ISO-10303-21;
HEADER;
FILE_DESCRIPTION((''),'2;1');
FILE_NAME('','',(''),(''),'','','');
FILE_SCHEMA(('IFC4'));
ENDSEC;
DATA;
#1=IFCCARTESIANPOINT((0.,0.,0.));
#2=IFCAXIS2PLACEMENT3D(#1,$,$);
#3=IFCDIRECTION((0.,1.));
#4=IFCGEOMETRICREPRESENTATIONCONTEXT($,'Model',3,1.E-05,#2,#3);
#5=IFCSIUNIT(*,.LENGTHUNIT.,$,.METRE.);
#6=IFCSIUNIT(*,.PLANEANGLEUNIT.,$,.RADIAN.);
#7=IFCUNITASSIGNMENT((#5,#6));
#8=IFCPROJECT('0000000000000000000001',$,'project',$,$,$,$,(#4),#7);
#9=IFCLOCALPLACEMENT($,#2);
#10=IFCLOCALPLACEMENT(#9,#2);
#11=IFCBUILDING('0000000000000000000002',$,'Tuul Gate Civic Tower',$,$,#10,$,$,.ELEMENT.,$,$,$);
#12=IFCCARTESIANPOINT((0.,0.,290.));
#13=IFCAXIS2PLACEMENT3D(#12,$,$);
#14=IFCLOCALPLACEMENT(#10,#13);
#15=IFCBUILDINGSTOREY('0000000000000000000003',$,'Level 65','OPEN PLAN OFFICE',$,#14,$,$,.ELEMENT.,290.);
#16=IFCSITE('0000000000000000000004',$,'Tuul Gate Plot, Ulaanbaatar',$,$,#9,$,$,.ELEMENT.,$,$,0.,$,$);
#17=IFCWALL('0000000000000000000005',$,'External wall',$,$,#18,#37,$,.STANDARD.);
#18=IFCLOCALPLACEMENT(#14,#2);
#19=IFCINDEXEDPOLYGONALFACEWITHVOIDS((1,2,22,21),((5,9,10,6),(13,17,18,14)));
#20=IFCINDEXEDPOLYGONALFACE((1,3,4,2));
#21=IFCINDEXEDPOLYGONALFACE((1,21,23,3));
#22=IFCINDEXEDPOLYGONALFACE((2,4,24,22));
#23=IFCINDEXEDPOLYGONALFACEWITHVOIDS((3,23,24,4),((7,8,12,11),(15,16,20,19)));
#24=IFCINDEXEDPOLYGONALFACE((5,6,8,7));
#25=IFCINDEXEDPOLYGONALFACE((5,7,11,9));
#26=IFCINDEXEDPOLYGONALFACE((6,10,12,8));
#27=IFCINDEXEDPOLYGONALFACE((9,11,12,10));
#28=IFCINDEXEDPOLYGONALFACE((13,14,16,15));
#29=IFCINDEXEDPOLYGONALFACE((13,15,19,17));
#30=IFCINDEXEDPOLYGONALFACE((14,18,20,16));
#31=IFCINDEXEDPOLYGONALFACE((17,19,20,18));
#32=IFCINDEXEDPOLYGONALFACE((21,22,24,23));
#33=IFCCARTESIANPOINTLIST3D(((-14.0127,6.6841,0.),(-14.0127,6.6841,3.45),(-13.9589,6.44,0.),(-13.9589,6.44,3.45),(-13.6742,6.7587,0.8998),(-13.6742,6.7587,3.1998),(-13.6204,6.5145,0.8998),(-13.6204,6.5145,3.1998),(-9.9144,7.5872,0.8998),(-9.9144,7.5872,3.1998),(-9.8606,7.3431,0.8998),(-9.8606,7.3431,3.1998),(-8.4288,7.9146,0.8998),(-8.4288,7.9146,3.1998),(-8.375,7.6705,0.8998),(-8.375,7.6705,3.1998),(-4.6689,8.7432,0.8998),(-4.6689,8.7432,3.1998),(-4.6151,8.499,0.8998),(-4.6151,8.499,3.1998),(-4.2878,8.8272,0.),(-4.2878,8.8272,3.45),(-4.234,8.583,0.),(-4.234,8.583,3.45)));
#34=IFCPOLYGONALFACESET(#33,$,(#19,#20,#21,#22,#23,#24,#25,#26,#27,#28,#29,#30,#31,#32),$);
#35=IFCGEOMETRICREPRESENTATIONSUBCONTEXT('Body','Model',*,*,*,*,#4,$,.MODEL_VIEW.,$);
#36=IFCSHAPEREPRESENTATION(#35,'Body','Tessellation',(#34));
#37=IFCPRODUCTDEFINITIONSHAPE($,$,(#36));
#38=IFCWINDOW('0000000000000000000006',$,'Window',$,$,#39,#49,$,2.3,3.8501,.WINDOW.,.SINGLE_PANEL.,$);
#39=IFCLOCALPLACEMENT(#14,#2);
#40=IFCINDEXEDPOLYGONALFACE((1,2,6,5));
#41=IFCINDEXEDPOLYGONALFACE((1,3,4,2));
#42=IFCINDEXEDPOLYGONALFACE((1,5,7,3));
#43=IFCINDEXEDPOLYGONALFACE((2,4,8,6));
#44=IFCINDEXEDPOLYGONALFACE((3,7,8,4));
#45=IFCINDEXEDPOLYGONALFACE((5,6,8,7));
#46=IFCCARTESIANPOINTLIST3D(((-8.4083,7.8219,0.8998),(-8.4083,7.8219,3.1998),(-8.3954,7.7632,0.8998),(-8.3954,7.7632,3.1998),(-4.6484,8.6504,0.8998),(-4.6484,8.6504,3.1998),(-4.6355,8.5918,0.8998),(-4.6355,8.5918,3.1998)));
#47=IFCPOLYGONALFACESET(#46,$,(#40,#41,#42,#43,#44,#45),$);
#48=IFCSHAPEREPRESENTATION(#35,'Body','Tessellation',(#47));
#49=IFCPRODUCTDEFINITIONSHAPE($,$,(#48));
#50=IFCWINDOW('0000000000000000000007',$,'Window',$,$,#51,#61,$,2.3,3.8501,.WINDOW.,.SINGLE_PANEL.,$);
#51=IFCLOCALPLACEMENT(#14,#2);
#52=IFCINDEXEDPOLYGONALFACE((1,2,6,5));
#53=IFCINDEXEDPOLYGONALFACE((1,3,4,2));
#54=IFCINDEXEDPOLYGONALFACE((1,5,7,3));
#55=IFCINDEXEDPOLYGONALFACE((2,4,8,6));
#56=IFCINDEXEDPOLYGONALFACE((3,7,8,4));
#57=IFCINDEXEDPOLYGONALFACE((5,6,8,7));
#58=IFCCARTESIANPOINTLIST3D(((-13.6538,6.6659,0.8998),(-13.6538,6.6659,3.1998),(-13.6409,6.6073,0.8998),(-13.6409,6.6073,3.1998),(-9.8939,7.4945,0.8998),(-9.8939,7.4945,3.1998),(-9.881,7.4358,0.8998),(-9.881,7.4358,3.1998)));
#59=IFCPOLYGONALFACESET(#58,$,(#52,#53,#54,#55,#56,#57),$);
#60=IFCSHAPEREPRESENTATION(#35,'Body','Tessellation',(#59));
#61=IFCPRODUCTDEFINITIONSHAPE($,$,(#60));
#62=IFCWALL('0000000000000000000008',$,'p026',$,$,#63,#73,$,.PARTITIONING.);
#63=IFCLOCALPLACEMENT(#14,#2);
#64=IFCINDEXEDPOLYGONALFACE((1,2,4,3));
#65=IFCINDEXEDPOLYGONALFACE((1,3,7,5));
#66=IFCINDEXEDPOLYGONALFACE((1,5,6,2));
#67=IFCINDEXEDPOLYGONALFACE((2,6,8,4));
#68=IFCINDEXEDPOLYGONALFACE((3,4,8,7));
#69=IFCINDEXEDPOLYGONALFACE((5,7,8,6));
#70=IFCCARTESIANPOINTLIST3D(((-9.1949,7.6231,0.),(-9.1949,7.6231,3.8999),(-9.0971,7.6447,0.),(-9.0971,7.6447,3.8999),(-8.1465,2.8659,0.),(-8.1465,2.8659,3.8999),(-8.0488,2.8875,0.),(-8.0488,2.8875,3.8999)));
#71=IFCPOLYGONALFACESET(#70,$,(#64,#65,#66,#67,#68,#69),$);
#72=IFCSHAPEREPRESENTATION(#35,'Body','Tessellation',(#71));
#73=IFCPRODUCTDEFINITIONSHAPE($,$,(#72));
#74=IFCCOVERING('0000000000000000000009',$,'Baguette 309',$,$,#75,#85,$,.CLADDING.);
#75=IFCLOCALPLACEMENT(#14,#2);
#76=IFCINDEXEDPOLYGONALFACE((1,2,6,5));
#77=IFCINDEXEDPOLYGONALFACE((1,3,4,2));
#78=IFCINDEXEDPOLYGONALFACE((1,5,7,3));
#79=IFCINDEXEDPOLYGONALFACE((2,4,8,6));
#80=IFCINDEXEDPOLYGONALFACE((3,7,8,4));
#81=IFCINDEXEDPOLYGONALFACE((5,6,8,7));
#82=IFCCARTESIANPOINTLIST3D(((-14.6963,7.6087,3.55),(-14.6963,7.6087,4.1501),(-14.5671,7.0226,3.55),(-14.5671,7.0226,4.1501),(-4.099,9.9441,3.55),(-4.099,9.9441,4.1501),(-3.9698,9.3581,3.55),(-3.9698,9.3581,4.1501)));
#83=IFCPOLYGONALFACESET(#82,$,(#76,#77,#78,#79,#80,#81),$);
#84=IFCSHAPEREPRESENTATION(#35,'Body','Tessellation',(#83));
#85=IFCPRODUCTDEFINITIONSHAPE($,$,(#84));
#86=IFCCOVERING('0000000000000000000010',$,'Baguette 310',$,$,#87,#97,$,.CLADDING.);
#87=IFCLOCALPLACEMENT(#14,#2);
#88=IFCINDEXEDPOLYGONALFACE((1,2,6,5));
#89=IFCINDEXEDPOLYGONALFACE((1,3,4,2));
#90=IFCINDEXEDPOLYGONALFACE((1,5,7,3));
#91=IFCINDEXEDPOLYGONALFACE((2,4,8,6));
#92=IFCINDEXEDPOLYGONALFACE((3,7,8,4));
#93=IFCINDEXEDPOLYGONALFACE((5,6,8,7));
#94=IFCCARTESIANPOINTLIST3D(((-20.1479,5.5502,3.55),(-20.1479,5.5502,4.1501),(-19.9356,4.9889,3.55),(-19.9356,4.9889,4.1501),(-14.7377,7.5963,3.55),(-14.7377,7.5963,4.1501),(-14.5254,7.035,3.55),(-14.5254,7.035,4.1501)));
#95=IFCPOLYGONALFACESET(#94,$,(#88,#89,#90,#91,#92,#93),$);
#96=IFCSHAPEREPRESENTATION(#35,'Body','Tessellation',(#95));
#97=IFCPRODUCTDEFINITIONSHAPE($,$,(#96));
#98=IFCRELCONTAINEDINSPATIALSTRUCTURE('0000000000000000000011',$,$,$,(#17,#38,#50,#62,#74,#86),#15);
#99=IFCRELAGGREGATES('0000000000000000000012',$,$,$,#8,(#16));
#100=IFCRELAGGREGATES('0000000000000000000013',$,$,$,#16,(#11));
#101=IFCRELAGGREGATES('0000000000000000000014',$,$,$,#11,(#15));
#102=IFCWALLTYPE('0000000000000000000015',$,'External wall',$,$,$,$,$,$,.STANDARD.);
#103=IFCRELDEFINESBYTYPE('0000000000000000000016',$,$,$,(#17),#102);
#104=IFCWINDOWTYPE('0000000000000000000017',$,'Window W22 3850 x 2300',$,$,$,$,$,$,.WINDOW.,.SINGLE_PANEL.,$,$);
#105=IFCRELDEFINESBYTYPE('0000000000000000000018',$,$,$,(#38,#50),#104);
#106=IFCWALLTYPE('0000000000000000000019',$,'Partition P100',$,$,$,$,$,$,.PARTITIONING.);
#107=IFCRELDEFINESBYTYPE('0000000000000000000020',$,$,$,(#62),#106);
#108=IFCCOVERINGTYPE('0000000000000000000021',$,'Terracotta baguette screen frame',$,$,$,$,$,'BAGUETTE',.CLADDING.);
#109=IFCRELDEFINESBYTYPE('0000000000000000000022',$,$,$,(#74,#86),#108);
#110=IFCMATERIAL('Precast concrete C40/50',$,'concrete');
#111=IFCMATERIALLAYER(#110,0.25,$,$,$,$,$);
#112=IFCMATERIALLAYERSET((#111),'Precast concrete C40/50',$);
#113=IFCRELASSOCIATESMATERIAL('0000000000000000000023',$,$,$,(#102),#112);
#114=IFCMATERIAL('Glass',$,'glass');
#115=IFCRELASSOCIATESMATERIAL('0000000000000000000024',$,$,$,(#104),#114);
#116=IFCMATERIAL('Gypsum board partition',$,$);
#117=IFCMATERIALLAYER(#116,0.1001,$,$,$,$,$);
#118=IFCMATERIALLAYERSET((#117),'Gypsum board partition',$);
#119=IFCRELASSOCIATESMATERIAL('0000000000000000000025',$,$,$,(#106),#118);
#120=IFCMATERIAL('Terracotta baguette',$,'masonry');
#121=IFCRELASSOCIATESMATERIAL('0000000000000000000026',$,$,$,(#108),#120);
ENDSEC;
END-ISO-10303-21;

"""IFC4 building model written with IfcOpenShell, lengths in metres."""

from ifc_helpers import new_model, si_unit, direction, frame, frame_2d, origin, origin_2d, place, context, subcontext, project, spatial, rectangle, extrude, material, layer, layer_set, material_profile, profile_set, type_object, element, fill, save


model = new_model("IFC4")

# Units and contexts
model_context = context("Model", 3, precision=1e-05, world=origin(), true_north=direction((0.0, 1.0)))
body_context = subcontext(model_context, "Body", "Model", "MODEL_VIEW")
ifc_project = project(units=[si_unit("LENGTHUNIT", "METRE"), si_unit("PLANEANGLEUNIT", "RADIAN")], contexts=[model_context])

# Site, building, storey
site_placement = place(None, origin())
site = spatial("IfcSite", under=ifc_project, at=site_placement, Name="Tuul Gate Plot, Ulaanbaatar", CompositionType="ELEMENT", RefElevation=0.0)
building_placement = place(site_placement, origin())
building = spatial("IfcBuilding", under=site, at=building_placement, Name="Tuul Gate Civic Tower", CompositionType="ELEMENT")
storey_placement = place(building_placement, frame((0.0, 0.0, 290.0)))
storey = spatial("IfcBuildingStorey", under=building, at=storey_placement, Name="Level 65", Description="OPEN PLAN OFFICE", CompositionType="ELEMENT", Elevation=290.0)

# Wall, openings, windows
ifc_material_1 = material(Name="Precast concrete C40/50", Category="concrete")
ifc_layer_1 = layer(ifc_material_1, 0.25)
ifc_layer_set_1 = layer_set([ifc_layer_1], Name="Precast concrete C40/50")
wall_type_1 = type_object("IfcWallType", Name="External wall", PredefinedType="STANDARD", material=ifc_layer_set_1)
wall_1_placement = place(storey_placement, frame((-4.261, 8.7051, 0.0), z_axis=(0.0, 0.0, 1.0), x_axis=(-0.976569, -0.215206, 0.0)))
wall_1 = element("IfcWall", 1, at=wall_1_placement, inside=storey, type_object=wall_type_1, Name="External wall", PredefinedType="STANDARD", context=body_context, shape_type="SweptSolid", body=[
    extrude(rectangle(XDim=9.9583, YDim=0.25, at=frame_2d((4.979, 0.0))), origin(), (0.0, 0.0, 1.0), 3.45),
])
opening_1_placement = place(wall_1_placement, frame((0.3901, 0.0, 0.8999)))
opening_1 = element("IfcOpeningElement", 2, at=opening_1_placement, cuts=wall_1, PredefinedType="OPENING", context=body_context, shape_type="SweptSolid", body=[
    extrude(rectangle(XDim=3.8501, YDim=2.3, at=frame_2d((1.925, 1.1499))), frame((0.0, 0.135, 0.0), z_axis=(0.0, -1.0, 0.0), x_axis=(1.0, 0.0, 0.0)), (0.0, 0.0, 1.0), 0.27),
])
opening_2_placement = place(wall_1_placement, frame((5.7615, 0.0, 0.8999)))
opening_2 = element("IfcOpeningElement", 3, at=opening_2_placement, cuts=wall_1, PredefinedType="OPENING", context=body_context, shape_type="SweptSolid", body=[
    extrude(rectangle(XDim=3.8501, YDim=2.3, at=frame_2d((1.925, 1.1499))), frame((0.0, 0.135, 0.0), z_axis=(0.0, -1.0, 0.0), x_axis=(1.0, 0.0, 0.0)), (0.0, 0.0, 1.0), 0.27),
])
ifc_material_2 = material(Name="Glass", Category="glass")
window_type = type_object("IfcWindowType", Name="Window W22 3850 x 2300", PartitioningType="SINGLE_PANEL", PredefinedType="WINDOW", material=ifc_material_2)
window_1_placement = place(opening_1_placement, origin())
window_1 = element("IfcWindow", 4, at=window_1_placement, inside=storey, type_object=window_type, Name="Window", OverallHeight=2.3, OverallWidth=3.8501, PartitioningType="SINGLE_PANEL", PredefinedType="WINDOW", context=body_context, shape_type="SweptSolid", body=[
    extrude(rectangle(XDim=3.8501, YDim=2.3, at=frame_2d((1.925, 1.1499))), frame((0.0, 0.03, 0.0), z_axis=(0.0, -1.0, 0.0), x_axis=(1.0, 0.0, 0.0)), (0.0, 0.0, 1.0), 0.0601),
])
fill(opening_1, window_1)
window_2_placement = place(opening_2_placement, origin())
window_2 = element("IfcWindow", 5, at=window_2_placement, inside=storey, type_object=window_type, Name="Window", OverallHeight=2.3, OverallWidth=3.8501, PartitioningType="SINGLE_PANEL", PredefinedType="WINDOW", context=body_context, shape_type="SweptSolid", body=[
    extrude(rectangle(XDim=3.8501, YDim=2.3, at=frame_2d((1.925, 1.1499))), frame((0.0, 0.03, 0.0), z_axis=(0.0, -1.0, 0.0), x_axis=(1.0, 0.0, 0.0)), (0.0, 0.0, 1.0), 0.0601),
])
fill(opening_2, window_2)

# Wall
ifc_material_3 = material(Name="Gypsum board partition")
ifc_layer_2 = layer(ifc_material_3, 0.1001)
ifc_layer_set_2 = layer_set([ifc_layer_2], Name="Gypsum board partition")
wall_type_2 = type_object("IfcWallType", Name="Partition P100", PredefinedType="PARTITIONING", material=ifc_layer_set_2)
wall_2_placement = place(storey_placement, frame((-9.146, 7.6338, 0.0), z_axis=(0.0, 0.0, 1.0), x_axis=(0.215211, -0.976568, 0.0)))
element("IfcWall", 6, at=wall_2_placement, inside=storey, type_object=wall_type_2, Name="p026", PredefinedType="PARTITIONING", context=body_context, shape_type="SweptSolid", body=[
    extrude(rectangle(XDim=4.8713, YDim=0.1001, at=frame_2d((2.4355, 0.0))), origin(), (0.0, 0.0, 1.0), 3.8999),
])

# Coverings
ifc_material_4 = material(Name="Terracotta baguette", Category="masonry")
ifc_material_profile_1 = material_profile(ifc_material_4, rectangle(XDim=0.6001, YDim=0.6001, at=origin_2d()), Name="Terracotta baguette screen frame")
ifc_profile_set_1 = profile_set([ifc_material_profile_1], Name="Terracotta baguette")
covering_type = type_object("IfcCoveringType", Name="Terracotta baguette screen frame", ElementType="BAGUETTE", PredefinedType="CLADDING", material=ifc_profile_set_1)
covering_1_placement = place(storey_placement, frame((-4.0344, 9.6511, 3.8501), z_axis=(-0.976566, -0.21522, 0.0), x_axis=(0.21522, -0.976566, 0.0)))
element("IfcCovering", 7, at=covering_1_placement, inside=storey, type_object=covering_type, Name="Baguette 309", PredefinedType="CLADDING", context=body_context, shape_type="SweptSolid", body=[
    extrude(rectangle(XDim=0.6001, YDim=0.6001, at=origin_2d()), origin(), (0.0, 0.0, 1.0), 10.8516),
])
covering_2_placement = place(storey_placement, frame((-14.6316, 7.3157, 3.8501), z_axis=(-0.93534, -0.353749, 0.0), x_axis=(0.353749, -0.93534, 0.0)))
element("IfcCovering", 8, at=covering_2_placement, inside=storey, type_object=covering_type, Name="Baguette 310", PredefinedType="CLADDING", context=body_context, shape_type="SweptSolid", body=[
    extrude(rectangle(XDim=0.6001, YDim=0.6001, at=origin_2d()), origin(), (0.0, 0.0, 1.0), 5.7842),
])

save(model, "model.ifc")
